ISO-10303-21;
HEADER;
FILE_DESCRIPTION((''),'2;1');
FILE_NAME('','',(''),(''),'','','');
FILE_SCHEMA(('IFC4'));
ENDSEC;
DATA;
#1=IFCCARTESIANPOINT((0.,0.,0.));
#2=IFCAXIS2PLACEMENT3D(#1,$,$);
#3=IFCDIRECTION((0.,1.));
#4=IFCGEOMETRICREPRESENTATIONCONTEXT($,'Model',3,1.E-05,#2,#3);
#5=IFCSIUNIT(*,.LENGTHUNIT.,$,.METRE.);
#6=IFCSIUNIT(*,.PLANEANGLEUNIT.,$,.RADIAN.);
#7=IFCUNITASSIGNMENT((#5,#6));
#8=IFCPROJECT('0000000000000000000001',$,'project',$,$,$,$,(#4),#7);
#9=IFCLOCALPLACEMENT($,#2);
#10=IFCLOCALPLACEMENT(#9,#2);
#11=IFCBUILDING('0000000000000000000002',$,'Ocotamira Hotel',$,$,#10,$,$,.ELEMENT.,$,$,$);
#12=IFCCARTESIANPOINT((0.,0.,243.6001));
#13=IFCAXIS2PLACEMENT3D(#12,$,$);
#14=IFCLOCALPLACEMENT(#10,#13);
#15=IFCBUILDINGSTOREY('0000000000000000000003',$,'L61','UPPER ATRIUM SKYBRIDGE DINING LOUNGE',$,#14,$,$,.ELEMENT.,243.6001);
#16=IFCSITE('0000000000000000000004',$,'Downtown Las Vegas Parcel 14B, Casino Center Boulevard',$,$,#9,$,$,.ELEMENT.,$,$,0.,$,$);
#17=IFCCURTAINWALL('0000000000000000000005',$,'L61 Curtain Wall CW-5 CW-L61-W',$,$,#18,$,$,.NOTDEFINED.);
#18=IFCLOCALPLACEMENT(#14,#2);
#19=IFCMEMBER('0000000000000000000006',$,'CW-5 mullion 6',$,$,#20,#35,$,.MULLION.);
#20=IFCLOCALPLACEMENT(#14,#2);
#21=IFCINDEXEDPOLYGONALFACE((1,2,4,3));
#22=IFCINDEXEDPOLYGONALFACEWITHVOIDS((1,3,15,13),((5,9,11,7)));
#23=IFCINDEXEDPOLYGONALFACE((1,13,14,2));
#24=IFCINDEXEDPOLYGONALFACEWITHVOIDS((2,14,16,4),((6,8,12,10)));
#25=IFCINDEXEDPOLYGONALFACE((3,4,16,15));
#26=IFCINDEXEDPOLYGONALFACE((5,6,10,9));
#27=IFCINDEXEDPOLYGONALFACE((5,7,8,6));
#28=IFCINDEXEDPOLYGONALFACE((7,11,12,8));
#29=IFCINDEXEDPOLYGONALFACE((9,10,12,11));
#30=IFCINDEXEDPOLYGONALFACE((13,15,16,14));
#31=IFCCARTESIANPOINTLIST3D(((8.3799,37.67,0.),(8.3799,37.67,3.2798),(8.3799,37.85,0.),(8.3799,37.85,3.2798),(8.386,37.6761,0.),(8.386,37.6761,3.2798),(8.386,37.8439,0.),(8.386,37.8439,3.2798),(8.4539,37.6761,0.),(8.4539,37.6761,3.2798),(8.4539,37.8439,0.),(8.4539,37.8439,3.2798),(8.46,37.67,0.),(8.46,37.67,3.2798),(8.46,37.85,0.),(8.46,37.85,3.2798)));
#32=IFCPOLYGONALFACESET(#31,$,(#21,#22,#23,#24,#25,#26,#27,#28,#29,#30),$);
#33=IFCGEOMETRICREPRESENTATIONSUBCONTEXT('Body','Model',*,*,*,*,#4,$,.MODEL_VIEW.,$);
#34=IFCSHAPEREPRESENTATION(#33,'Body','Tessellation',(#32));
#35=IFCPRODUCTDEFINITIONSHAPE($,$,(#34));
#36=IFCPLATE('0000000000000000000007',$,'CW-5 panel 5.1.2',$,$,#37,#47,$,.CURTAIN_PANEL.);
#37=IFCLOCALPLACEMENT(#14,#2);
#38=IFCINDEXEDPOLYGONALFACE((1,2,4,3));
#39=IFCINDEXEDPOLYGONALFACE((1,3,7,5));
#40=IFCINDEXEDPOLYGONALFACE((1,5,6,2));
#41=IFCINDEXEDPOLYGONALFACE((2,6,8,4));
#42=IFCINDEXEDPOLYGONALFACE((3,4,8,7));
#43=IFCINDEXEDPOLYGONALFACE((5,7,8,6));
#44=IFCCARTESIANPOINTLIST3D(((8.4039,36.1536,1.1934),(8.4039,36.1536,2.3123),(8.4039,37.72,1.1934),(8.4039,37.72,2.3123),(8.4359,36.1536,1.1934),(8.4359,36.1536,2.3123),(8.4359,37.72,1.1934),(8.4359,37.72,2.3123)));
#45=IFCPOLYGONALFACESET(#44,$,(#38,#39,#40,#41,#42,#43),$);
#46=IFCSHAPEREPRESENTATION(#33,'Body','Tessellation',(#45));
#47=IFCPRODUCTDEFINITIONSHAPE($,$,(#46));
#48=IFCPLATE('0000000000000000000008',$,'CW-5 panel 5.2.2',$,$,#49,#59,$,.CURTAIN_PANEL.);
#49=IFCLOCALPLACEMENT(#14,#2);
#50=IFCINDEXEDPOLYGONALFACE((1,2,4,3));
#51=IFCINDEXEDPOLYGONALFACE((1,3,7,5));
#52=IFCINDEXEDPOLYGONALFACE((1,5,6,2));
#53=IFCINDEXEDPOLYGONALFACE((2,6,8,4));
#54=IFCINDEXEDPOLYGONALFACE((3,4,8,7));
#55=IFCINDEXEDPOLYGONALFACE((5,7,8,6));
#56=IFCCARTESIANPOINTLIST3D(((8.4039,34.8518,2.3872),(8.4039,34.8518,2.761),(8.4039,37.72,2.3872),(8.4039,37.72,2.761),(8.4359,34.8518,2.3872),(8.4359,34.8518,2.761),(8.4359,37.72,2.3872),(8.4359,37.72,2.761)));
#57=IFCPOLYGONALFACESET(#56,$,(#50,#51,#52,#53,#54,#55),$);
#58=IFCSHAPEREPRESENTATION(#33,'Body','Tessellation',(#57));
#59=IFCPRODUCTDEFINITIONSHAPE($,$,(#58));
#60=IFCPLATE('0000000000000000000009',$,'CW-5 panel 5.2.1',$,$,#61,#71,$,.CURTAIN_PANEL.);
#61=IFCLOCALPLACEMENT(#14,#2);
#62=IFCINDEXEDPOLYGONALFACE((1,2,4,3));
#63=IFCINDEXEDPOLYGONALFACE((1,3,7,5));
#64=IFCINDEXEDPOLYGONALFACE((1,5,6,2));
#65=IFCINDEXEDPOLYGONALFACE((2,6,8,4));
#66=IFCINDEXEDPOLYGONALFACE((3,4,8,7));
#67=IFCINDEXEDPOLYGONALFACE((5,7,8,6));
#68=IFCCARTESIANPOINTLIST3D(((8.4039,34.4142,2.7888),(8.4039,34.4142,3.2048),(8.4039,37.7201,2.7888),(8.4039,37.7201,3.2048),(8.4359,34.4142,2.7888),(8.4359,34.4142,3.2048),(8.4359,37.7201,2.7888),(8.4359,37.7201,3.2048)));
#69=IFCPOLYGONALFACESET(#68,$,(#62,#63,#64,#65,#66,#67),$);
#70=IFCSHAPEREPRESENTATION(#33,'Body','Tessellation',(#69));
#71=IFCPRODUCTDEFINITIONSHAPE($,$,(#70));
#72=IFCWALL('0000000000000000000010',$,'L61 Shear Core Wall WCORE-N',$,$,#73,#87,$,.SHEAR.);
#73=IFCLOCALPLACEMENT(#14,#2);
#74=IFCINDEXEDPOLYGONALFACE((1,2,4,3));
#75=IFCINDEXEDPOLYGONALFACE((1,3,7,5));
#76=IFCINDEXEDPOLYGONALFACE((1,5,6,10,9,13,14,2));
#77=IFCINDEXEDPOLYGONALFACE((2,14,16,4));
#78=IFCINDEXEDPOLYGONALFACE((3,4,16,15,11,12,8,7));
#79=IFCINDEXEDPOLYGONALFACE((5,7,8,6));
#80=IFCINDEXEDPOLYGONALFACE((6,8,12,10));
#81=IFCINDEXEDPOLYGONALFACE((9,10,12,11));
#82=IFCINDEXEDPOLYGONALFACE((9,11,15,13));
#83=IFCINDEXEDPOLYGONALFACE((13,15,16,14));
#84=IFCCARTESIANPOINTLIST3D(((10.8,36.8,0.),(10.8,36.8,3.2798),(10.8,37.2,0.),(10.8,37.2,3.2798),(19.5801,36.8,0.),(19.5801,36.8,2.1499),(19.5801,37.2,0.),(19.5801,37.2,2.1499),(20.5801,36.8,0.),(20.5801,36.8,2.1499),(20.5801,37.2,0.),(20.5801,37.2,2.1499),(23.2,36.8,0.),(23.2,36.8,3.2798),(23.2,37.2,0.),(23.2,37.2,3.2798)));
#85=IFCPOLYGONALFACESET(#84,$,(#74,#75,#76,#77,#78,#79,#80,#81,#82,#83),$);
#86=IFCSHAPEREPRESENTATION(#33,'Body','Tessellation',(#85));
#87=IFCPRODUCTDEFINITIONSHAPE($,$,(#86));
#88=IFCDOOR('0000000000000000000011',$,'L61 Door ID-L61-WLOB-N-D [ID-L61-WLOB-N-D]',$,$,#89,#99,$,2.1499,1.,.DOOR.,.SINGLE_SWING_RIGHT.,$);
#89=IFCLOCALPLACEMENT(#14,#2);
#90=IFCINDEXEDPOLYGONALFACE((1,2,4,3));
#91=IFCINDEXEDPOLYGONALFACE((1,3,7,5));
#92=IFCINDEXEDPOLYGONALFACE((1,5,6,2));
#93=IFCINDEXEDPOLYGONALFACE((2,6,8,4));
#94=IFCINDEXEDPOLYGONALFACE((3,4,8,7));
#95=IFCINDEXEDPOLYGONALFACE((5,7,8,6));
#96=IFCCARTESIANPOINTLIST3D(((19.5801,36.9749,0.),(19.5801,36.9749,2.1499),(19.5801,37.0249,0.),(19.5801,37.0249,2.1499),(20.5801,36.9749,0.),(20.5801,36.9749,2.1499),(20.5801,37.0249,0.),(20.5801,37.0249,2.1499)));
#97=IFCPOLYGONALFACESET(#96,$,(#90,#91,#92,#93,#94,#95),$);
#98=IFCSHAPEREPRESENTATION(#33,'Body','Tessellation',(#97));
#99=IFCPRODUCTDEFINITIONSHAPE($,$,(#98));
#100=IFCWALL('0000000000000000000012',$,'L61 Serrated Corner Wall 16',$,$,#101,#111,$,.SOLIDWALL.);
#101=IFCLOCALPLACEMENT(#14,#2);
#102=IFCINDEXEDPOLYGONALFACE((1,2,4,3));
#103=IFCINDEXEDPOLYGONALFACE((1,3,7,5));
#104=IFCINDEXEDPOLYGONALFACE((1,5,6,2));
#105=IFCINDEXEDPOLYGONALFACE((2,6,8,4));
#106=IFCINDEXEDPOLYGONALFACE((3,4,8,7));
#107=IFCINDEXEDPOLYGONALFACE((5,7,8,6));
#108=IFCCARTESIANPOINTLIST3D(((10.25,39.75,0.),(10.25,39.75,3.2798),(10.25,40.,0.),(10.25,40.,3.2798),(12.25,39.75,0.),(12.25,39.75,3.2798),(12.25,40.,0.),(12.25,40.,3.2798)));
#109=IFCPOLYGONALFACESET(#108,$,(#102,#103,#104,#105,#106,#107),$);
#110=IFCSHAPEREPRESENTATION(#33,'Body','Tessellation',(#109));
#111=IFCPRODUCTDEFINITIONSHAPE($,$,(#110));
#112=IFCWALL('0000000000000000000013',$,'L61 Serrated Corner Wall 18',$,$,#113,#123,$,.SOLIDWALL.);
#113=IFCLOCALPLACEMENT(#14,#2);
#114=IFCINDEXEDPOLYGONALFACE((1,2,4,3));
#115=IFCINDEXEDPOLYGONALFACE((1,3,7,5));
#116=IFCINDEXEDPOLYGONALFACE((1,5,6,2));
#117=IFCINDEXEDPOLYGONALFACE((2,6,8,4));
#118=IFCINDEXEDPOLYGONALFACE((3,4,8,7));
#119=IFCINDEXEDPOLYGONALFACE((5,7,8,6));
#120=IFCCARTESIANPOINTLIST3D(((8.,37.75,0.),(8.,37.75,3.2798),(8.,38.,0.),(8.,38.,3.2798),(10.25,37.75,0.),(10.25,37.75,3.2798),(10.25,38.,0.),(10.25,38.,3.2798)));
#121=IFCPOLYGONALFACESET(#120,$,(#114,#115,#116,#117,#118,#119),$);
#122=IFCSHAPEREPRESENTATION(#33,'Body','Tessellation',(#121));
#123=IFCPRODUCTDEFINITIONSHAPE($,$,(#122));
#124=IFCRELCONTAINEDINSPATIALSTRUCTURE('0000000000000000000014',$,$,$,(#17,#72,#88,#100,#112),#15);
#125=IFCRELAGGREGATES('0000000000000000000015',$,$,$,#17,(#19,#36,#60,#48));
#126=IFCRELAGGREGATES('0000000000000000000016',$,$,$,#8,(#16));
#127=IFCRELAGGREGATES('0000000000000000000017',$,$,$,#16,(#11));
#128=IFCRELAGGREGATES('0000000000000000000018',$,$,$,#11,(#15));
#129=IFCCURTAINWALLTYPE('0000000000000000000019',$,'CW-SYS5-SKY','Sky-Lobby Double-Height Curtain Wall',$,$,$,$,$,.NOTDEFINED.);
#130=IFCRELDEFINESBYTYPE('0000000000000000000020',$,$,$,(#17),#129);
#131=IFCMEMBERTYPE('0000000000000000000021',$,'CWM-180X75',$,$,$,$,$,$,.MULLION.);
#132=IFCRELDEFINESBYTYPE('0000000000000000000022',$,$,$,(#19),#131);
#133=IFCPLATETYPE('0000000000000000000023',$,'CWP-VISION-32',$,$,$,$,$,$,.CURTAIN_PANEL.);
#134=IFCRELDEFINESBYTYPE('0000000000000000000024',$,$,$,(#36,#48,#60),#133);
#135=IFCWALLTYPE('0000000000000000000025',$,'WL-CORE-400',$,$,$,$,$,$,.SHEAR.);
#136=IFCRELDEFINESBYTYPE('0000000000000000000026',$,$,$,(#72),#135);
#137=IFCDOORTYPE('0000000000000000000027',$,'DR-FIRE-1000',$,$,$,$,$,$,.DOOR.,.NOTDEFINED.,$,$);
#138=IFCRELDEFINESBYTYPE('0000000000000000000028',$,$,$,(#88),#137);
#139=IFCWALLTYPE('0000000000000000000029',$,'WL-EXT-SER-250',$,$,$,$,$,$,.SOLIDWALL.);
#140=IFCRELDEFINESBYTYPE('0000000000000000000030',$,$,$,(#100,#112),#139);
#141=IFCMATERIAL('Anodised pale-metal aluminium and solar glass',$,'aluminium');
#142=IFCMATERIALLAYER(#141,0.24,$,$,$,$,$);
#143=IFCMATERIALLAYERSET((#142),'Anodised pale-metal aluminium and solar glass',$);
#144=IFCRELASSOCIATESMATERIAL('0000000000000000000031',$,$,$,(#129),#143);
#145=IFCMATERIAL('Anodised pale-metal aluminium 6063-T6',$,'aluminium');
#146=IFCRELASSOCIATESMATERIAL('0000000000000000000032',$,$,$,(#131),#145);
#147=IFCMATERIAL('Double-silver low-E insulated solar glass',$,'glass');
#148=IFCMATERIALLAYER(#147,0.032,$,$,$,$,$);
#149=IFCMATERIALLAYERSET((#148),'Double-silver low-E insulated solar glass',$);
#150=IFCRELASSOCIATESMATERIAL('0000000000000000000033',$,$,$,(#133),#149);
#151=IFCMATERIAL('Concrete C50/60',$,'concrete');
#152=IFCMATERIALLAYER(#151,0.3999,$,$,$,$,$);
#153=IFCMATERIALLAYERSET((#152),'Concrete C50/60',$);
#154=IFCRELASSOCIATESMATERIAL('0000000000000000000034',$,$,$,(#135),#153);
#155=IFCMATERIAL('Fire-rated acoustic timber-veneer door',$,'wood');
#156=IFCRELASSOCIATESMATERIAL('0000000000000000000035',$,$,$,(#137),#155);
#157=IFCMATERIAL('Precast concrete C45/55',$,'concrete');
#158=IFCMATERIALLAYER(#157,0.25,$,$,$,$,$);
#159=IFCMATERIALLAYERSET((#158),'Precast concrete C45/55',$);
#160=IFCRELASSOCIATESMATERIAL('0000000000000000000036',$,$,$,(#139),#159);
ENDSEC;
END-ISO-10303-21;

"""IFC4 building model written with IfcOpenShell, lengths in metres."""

from ifc_helpers import new_model, si_unit, direction, frame, frame_2d, origin, origin_2d, place, context, subcontext, project, spatial, rectangle, hollow_rectangle, extrude, source, transform, mapped, material, layer, layer_set, material_profile, profile_set, type_object, element, fill, aggregate, save


model = new_model("IFC4")

# Units and contexts
model_context = context("Model", 3, precision=1e-05, world=origin(), true_north=direction((0.0, 1.0)))
body_context = subcontext(model_context, "Body", "Model", "MODEL_VIEW")
ifc_project = project(units=[si_unit("LENGTHUNIT", "METRE"), si_unit("PLANEANGLEUNIT", "RADIAN")], contexts=[model_context])

# Site, building, storey
site_placement = place(None, origin())
site = spatial("IfcSite", under=ifc_project, at=site_placement, Name="Downtown Las Vegas Parcel 14B, Casino Center Boulevard", CompositionType="ELEMENT", RefElevation=0.0)
building_placement = place(site_placement, origin())
building = spatial("IfcBuilding", under=site, at=building_placement, Name="Ocotamira Hotel", CompositionType="ELEMENT")
storey_placement = place(building_placement, frame((0.0, 0.0, 243.6001)))
storey = spatial("IfcBuildingStorey", under=building, at=storey_placement, Name="L61", Description="UPPER ATRIUM SKYBRIDGE DINING LOUNGE", CompositionType="ELEMENT", Elevation=243.6001)

# Curtain wall, member, plates
ifc_material_1 = material(Name="Anodised pale-metal aluminium and solar glass", Category="aluminium")
ifc_layer_1 = layer(ifc_material_1, 0.24)
ifc_layer_set_1 = layer_set([ifc_layer_1], Name="Anodised pale-metal aluminium and solar glass")
curtain_wall_type = type_object("IfcCurtainWallType", Name="CW-SYS5-SKY", Description="Sky-Lobby Double-Height Curtain Wall", PredefinedType="NOTDEFINED", material=ifc_layer_set_1)
curtain_wall_placement = place(storey_placement, origin())
curtain_wall = element("IfcCurtainWall", 1, at=curtain_wall_placement, inside=storey, type_object=curtain_wall_type, Name="L61 Curtain Wall CW-5 CW-L61-W", PredefinedType="NOTDEFINED")
ifc_material_2 = material(Name="Anodised pale-metal aluminium 6063-T6", Category="aluminium")
ifc_material_profile_1 = material_profile(ifc_material_2, hollow_rectangle(XDim=0.0801, YDim=0.1799, WallThickness=0.0061, at=origin_2d()), Name="HSS180X80X6")
ifc_profile_set_1 = profile_set([ifc_material_profile_1], Name="Anodised pale-metal aluminium 6063-T6")
member_type_1 = type_object("IfcMemberType", Name="CWM-180X75", PredefinedType="MULLION", material=ifc_profile_set_1)
shared_shape_1 = source(origin(), body_context, "Body", "SweptSolid", [
    extrude(hollow_rectangle(XDim=0.0801, YDim=0.1799, WallThickness=0.0061, at=origin_2d()), origin(), (0.0, 0.0, 1.0), 3.2798),
])
member_1_placement = place(storey_placement, frame((8.4199, 37.76, 0.0), z_axis=(0.0, 0.0, 1.0), x_axis=(-1.0, 0.0, 0.0)))
member_1 = element("IfcMember", 2, at=member_1_placement, type_object=member_type_1, Name="CW-5 mullion 6", PredefinedType="MULLION", context=body_context, shape_type="MappedRepresentation", body=[
    mapped(shared_shape_1, transform((0.0, 0.0, 0.0), scale=1.0)),
])
ifc_material_3 = material(Name="Double-silver low-E insulated solar glass", Category="glass")
ifc_layer_2 = layer(ifc_material_3, 0.032)
ifc_layer_set_2 = layer_set([ifc_layer_2], Name="Double-silver low-E insulated solar glass")
plate_type = type_object("IfcPlateType", Name="CWP-VISION-32", PredefinedType="CURTAIN_PANEL", material=ifc_layer_set_2)
shared_shape_2 = source(origin(), body_context, "Body", "SweptSolid", [
    extrude(rectangle(XDim=1.5664, YDim=0.032, at=origin_2d()), origin(), (0.0, 0.0, 1.0), 1.1189),
])
plate_1_placement = place(storey_placement, frame((8.4199, 36.9368, 1.1934), z_axis=(0.0, 0.0, 1.0), x_axis=(0.0, 1.0, 0.0)))
plate_1 = element("IfcPlate", 3, at=plate_1_placement, type_object=plate_type, Name="CW-5 panel 5.1.2", PredefinedType="CURTAIN_PANEL", context=body_context, shape_type="MappedRepresentation", body=[
    mapped(shared_shape_2, transform((0.0, 0.0, 0.0), scale=1.0)),
])
shared_shape_3 = source(origin(), body_context, "Body", "SweptSolid", [
    extrude(rectangle(XDim=2.8682, YDim=0.032, at=origin_2d()), origin(), (0.0, 0.0, 1.0), 0.3738),
])
plate_2_placement = place(storey_placement, frame((8.4199, 36.2859, 2.3872), z_axis=(0.0, 0.0, 1.0), x_axis=(0.0, 1.0, 0.0)))
plate_2 = element("IfcPlate", 4, at=plate_2_placement, type_object=plate_type, Name="CW-5 panel 5.2.2", PredefinedType="CURTAIN_PANEL", context=body_context, shape_type="MappedRepresentation", body=[
    mapped(shared_shape_3, transform((0.0, 0.0, 0.0), scale=1.0)),
])
shared_shape_4 = source(origin(), body_context, "Body", "SweptSolid", [
    extrude(rectangle(XDim=3.3059, YDim=0.032, at=origin_2d()), origin(), (0.0, 0.0, 1.0), 0.416),
])
plate_3_placement = place(storey_placement, frame((8.4199, 36.0671, 2.7888), z_axis=(0.0, 0.0, 1.0), x_axis=(0.0, 1.0, 0.0)))
plate_3 = element("IfcPlate", 5, at=plate_3_placement, type_object=plate_type, Name="CW-5 panel 5.2.1", PredefinedType="CURTAIN_PANEL", context=body_context, shape_type="MappedRepresentation", body=[
    mapped(shared_shape_4, transform((0.0, 0.0, 0.0), scale=1.0)),
])
aggregate(curtain_wall, [member_1, plate_1, plate_3, plate_2])

# Wall, opening, door
ifc_material_4 = material(Name="Concrete C50/60", Category="concrete")
ifc_layer_3 = layer(ifc_material_4, 0.3999)
ifc_layer_set_3 = layer_set([ifc_layer_3], Name="Concrete C50/60")
wall_type_1 = type_object("IfcWallType", Name="WL-CORE-400", PredefinedType="SHEAR", material=ifc_layer_set_3)
wall_1_placement = place(storey_placement, frame((10.8, 37.0, 0.0), z_axis=(0.0, 0.0, 1.0), x_axis=(1.0, 0.0, 0.0)))
wall_1 = element("IfcWall", 6, at=wall_1_placement, inside=storey, type_object=wall_type_1, Name="L61 Shear Core Wall WCORE-N", PredefinedType="SHEAR", context=body_context, shape_type="SweptSolid", body=[
    extrude(rectangle(XDim=12.3999, YDim=0.3999, at=frame_2d((6.2, 0.0))), origin(), (0.0, 0.0, 1.0), 3.2798),
])
opening_1_placement = place(wall_1_placement, frame((8.78, 0.0, 0.0)))
opening_1 = element("IfcOpeningElement", 7, at=opening_1_placement, cuts=wall_1, PredefinedType="OPENING", context=body_context, shape_type="SweptSolid", body=[
    extrude(rectangle(XDim=1.0, YDim=2.1499, at=frame_2d((0.5, 1.075))), frame((0.0, 0.21, 0.0), z_axis=(0.0, -1.0, 0.0), x_axis=(1.0, 0.0, 0.0)), (0.0, 0.0, 1.0), 0.4199),
])
ifc_material_5 = material(Name="Fire-rated acoustic timber-veneer door", Category="wood")
door_type_1 = type_object("IfcDoorType", Name="DR-FIRE-1000", OperationType="NOTDEFINED", PredefinedType="DOOR", material=ifc_material_5)
shared_shape_5 = source(origin(), body_context, "Body", "SweptSolid", [
    extrude(rectangle(XDim=1.0, YDim=2.1499, at=frame_2d((0.5, 1.075))), frame((0.0, 0.0249, 0.0), z_axis=(0.0, -1.0, 0.0), x_axis=(1.0, 0.0, 0.0)), (0.0, 0.0, 1.0), 0.05),
])
door_1_placement = place(opening_1_placement, origin())
door_1 = element("IfcDoor", 8, at=door_1_placement, inside=storey, type_object=door_type_1, Name="L61 Door ID-L61-WLOB-N-D [ID-L61-WLOB-N-D]", OperationType="SINGLE_SWING_RIGHT", OverallHeight=2.1499, OverallWidth=1.0, PredefinedType="DOOR", context=body_context, shape_type="MappedRepresentation", body=[
    mapped(shared_shape_5, transform((0.0, 0.0, 0.0), scale=1.0)),
])
fill(opening_1, door_1)

# Walls
ifc_material_6 = material(Name="Precast concrete C45/55", Category="concrete")
ifc_layer_4 = layer(ifc_material_6, 0.25)
ifc_layer_set_4 = layer_set([ifc_layer_4], Name="Precast concrete C45/55")
wall_type_2 = type_object("IfcWallType", Name="WL-EXT-SER-250", PredefinedType="SOLIDWALL", material=ifc_layer_set_4)
wall_2_placement = place(storey_placement, frame((12.25, 39.875, 0.0), z_axis=(0.0, 0.0, 1.0), x_axis=(-1.0, 0.0, 0.0)))
element("IfcWall", 9, at=wall_2_placement, inside=storey, type_object=wall_type_2, Name="L61 Serrated Corner Wall 16", PredefinedType="SOLIDWALL", context=body_context, shape_type="SweptSolid", body=[
    extrude(rectangle(XDim=2.0, YDim=0.25, at=frame_2d((1.0, 0.0))), origin(), (0.0, 0.0, 1.0), 3.2798),
])
wall_3_placement = place(storey_placement, frame((10.25, 37.875, 0.0), z_axis=(0.0, 0.0, 1.0), x_axis=(-1.0, 0.0, 0.0)))
element("IfcWall", 10, at=wall_3_placement, inside=storey, type_object=wall_type_2, Name="L61 Serrated Corner Wall 18", PredefinedType="SOLIDWALL", context=body_context, shape_type="SweptSolid", body=[
    extrude(rectangle(XDim=2.25, YDim=0.25, at=frame_2d((1.125, 0.0))), origin(), (0.0, 0.0, 1.0), 3.2798),
])

save(model, "model.ifc")
